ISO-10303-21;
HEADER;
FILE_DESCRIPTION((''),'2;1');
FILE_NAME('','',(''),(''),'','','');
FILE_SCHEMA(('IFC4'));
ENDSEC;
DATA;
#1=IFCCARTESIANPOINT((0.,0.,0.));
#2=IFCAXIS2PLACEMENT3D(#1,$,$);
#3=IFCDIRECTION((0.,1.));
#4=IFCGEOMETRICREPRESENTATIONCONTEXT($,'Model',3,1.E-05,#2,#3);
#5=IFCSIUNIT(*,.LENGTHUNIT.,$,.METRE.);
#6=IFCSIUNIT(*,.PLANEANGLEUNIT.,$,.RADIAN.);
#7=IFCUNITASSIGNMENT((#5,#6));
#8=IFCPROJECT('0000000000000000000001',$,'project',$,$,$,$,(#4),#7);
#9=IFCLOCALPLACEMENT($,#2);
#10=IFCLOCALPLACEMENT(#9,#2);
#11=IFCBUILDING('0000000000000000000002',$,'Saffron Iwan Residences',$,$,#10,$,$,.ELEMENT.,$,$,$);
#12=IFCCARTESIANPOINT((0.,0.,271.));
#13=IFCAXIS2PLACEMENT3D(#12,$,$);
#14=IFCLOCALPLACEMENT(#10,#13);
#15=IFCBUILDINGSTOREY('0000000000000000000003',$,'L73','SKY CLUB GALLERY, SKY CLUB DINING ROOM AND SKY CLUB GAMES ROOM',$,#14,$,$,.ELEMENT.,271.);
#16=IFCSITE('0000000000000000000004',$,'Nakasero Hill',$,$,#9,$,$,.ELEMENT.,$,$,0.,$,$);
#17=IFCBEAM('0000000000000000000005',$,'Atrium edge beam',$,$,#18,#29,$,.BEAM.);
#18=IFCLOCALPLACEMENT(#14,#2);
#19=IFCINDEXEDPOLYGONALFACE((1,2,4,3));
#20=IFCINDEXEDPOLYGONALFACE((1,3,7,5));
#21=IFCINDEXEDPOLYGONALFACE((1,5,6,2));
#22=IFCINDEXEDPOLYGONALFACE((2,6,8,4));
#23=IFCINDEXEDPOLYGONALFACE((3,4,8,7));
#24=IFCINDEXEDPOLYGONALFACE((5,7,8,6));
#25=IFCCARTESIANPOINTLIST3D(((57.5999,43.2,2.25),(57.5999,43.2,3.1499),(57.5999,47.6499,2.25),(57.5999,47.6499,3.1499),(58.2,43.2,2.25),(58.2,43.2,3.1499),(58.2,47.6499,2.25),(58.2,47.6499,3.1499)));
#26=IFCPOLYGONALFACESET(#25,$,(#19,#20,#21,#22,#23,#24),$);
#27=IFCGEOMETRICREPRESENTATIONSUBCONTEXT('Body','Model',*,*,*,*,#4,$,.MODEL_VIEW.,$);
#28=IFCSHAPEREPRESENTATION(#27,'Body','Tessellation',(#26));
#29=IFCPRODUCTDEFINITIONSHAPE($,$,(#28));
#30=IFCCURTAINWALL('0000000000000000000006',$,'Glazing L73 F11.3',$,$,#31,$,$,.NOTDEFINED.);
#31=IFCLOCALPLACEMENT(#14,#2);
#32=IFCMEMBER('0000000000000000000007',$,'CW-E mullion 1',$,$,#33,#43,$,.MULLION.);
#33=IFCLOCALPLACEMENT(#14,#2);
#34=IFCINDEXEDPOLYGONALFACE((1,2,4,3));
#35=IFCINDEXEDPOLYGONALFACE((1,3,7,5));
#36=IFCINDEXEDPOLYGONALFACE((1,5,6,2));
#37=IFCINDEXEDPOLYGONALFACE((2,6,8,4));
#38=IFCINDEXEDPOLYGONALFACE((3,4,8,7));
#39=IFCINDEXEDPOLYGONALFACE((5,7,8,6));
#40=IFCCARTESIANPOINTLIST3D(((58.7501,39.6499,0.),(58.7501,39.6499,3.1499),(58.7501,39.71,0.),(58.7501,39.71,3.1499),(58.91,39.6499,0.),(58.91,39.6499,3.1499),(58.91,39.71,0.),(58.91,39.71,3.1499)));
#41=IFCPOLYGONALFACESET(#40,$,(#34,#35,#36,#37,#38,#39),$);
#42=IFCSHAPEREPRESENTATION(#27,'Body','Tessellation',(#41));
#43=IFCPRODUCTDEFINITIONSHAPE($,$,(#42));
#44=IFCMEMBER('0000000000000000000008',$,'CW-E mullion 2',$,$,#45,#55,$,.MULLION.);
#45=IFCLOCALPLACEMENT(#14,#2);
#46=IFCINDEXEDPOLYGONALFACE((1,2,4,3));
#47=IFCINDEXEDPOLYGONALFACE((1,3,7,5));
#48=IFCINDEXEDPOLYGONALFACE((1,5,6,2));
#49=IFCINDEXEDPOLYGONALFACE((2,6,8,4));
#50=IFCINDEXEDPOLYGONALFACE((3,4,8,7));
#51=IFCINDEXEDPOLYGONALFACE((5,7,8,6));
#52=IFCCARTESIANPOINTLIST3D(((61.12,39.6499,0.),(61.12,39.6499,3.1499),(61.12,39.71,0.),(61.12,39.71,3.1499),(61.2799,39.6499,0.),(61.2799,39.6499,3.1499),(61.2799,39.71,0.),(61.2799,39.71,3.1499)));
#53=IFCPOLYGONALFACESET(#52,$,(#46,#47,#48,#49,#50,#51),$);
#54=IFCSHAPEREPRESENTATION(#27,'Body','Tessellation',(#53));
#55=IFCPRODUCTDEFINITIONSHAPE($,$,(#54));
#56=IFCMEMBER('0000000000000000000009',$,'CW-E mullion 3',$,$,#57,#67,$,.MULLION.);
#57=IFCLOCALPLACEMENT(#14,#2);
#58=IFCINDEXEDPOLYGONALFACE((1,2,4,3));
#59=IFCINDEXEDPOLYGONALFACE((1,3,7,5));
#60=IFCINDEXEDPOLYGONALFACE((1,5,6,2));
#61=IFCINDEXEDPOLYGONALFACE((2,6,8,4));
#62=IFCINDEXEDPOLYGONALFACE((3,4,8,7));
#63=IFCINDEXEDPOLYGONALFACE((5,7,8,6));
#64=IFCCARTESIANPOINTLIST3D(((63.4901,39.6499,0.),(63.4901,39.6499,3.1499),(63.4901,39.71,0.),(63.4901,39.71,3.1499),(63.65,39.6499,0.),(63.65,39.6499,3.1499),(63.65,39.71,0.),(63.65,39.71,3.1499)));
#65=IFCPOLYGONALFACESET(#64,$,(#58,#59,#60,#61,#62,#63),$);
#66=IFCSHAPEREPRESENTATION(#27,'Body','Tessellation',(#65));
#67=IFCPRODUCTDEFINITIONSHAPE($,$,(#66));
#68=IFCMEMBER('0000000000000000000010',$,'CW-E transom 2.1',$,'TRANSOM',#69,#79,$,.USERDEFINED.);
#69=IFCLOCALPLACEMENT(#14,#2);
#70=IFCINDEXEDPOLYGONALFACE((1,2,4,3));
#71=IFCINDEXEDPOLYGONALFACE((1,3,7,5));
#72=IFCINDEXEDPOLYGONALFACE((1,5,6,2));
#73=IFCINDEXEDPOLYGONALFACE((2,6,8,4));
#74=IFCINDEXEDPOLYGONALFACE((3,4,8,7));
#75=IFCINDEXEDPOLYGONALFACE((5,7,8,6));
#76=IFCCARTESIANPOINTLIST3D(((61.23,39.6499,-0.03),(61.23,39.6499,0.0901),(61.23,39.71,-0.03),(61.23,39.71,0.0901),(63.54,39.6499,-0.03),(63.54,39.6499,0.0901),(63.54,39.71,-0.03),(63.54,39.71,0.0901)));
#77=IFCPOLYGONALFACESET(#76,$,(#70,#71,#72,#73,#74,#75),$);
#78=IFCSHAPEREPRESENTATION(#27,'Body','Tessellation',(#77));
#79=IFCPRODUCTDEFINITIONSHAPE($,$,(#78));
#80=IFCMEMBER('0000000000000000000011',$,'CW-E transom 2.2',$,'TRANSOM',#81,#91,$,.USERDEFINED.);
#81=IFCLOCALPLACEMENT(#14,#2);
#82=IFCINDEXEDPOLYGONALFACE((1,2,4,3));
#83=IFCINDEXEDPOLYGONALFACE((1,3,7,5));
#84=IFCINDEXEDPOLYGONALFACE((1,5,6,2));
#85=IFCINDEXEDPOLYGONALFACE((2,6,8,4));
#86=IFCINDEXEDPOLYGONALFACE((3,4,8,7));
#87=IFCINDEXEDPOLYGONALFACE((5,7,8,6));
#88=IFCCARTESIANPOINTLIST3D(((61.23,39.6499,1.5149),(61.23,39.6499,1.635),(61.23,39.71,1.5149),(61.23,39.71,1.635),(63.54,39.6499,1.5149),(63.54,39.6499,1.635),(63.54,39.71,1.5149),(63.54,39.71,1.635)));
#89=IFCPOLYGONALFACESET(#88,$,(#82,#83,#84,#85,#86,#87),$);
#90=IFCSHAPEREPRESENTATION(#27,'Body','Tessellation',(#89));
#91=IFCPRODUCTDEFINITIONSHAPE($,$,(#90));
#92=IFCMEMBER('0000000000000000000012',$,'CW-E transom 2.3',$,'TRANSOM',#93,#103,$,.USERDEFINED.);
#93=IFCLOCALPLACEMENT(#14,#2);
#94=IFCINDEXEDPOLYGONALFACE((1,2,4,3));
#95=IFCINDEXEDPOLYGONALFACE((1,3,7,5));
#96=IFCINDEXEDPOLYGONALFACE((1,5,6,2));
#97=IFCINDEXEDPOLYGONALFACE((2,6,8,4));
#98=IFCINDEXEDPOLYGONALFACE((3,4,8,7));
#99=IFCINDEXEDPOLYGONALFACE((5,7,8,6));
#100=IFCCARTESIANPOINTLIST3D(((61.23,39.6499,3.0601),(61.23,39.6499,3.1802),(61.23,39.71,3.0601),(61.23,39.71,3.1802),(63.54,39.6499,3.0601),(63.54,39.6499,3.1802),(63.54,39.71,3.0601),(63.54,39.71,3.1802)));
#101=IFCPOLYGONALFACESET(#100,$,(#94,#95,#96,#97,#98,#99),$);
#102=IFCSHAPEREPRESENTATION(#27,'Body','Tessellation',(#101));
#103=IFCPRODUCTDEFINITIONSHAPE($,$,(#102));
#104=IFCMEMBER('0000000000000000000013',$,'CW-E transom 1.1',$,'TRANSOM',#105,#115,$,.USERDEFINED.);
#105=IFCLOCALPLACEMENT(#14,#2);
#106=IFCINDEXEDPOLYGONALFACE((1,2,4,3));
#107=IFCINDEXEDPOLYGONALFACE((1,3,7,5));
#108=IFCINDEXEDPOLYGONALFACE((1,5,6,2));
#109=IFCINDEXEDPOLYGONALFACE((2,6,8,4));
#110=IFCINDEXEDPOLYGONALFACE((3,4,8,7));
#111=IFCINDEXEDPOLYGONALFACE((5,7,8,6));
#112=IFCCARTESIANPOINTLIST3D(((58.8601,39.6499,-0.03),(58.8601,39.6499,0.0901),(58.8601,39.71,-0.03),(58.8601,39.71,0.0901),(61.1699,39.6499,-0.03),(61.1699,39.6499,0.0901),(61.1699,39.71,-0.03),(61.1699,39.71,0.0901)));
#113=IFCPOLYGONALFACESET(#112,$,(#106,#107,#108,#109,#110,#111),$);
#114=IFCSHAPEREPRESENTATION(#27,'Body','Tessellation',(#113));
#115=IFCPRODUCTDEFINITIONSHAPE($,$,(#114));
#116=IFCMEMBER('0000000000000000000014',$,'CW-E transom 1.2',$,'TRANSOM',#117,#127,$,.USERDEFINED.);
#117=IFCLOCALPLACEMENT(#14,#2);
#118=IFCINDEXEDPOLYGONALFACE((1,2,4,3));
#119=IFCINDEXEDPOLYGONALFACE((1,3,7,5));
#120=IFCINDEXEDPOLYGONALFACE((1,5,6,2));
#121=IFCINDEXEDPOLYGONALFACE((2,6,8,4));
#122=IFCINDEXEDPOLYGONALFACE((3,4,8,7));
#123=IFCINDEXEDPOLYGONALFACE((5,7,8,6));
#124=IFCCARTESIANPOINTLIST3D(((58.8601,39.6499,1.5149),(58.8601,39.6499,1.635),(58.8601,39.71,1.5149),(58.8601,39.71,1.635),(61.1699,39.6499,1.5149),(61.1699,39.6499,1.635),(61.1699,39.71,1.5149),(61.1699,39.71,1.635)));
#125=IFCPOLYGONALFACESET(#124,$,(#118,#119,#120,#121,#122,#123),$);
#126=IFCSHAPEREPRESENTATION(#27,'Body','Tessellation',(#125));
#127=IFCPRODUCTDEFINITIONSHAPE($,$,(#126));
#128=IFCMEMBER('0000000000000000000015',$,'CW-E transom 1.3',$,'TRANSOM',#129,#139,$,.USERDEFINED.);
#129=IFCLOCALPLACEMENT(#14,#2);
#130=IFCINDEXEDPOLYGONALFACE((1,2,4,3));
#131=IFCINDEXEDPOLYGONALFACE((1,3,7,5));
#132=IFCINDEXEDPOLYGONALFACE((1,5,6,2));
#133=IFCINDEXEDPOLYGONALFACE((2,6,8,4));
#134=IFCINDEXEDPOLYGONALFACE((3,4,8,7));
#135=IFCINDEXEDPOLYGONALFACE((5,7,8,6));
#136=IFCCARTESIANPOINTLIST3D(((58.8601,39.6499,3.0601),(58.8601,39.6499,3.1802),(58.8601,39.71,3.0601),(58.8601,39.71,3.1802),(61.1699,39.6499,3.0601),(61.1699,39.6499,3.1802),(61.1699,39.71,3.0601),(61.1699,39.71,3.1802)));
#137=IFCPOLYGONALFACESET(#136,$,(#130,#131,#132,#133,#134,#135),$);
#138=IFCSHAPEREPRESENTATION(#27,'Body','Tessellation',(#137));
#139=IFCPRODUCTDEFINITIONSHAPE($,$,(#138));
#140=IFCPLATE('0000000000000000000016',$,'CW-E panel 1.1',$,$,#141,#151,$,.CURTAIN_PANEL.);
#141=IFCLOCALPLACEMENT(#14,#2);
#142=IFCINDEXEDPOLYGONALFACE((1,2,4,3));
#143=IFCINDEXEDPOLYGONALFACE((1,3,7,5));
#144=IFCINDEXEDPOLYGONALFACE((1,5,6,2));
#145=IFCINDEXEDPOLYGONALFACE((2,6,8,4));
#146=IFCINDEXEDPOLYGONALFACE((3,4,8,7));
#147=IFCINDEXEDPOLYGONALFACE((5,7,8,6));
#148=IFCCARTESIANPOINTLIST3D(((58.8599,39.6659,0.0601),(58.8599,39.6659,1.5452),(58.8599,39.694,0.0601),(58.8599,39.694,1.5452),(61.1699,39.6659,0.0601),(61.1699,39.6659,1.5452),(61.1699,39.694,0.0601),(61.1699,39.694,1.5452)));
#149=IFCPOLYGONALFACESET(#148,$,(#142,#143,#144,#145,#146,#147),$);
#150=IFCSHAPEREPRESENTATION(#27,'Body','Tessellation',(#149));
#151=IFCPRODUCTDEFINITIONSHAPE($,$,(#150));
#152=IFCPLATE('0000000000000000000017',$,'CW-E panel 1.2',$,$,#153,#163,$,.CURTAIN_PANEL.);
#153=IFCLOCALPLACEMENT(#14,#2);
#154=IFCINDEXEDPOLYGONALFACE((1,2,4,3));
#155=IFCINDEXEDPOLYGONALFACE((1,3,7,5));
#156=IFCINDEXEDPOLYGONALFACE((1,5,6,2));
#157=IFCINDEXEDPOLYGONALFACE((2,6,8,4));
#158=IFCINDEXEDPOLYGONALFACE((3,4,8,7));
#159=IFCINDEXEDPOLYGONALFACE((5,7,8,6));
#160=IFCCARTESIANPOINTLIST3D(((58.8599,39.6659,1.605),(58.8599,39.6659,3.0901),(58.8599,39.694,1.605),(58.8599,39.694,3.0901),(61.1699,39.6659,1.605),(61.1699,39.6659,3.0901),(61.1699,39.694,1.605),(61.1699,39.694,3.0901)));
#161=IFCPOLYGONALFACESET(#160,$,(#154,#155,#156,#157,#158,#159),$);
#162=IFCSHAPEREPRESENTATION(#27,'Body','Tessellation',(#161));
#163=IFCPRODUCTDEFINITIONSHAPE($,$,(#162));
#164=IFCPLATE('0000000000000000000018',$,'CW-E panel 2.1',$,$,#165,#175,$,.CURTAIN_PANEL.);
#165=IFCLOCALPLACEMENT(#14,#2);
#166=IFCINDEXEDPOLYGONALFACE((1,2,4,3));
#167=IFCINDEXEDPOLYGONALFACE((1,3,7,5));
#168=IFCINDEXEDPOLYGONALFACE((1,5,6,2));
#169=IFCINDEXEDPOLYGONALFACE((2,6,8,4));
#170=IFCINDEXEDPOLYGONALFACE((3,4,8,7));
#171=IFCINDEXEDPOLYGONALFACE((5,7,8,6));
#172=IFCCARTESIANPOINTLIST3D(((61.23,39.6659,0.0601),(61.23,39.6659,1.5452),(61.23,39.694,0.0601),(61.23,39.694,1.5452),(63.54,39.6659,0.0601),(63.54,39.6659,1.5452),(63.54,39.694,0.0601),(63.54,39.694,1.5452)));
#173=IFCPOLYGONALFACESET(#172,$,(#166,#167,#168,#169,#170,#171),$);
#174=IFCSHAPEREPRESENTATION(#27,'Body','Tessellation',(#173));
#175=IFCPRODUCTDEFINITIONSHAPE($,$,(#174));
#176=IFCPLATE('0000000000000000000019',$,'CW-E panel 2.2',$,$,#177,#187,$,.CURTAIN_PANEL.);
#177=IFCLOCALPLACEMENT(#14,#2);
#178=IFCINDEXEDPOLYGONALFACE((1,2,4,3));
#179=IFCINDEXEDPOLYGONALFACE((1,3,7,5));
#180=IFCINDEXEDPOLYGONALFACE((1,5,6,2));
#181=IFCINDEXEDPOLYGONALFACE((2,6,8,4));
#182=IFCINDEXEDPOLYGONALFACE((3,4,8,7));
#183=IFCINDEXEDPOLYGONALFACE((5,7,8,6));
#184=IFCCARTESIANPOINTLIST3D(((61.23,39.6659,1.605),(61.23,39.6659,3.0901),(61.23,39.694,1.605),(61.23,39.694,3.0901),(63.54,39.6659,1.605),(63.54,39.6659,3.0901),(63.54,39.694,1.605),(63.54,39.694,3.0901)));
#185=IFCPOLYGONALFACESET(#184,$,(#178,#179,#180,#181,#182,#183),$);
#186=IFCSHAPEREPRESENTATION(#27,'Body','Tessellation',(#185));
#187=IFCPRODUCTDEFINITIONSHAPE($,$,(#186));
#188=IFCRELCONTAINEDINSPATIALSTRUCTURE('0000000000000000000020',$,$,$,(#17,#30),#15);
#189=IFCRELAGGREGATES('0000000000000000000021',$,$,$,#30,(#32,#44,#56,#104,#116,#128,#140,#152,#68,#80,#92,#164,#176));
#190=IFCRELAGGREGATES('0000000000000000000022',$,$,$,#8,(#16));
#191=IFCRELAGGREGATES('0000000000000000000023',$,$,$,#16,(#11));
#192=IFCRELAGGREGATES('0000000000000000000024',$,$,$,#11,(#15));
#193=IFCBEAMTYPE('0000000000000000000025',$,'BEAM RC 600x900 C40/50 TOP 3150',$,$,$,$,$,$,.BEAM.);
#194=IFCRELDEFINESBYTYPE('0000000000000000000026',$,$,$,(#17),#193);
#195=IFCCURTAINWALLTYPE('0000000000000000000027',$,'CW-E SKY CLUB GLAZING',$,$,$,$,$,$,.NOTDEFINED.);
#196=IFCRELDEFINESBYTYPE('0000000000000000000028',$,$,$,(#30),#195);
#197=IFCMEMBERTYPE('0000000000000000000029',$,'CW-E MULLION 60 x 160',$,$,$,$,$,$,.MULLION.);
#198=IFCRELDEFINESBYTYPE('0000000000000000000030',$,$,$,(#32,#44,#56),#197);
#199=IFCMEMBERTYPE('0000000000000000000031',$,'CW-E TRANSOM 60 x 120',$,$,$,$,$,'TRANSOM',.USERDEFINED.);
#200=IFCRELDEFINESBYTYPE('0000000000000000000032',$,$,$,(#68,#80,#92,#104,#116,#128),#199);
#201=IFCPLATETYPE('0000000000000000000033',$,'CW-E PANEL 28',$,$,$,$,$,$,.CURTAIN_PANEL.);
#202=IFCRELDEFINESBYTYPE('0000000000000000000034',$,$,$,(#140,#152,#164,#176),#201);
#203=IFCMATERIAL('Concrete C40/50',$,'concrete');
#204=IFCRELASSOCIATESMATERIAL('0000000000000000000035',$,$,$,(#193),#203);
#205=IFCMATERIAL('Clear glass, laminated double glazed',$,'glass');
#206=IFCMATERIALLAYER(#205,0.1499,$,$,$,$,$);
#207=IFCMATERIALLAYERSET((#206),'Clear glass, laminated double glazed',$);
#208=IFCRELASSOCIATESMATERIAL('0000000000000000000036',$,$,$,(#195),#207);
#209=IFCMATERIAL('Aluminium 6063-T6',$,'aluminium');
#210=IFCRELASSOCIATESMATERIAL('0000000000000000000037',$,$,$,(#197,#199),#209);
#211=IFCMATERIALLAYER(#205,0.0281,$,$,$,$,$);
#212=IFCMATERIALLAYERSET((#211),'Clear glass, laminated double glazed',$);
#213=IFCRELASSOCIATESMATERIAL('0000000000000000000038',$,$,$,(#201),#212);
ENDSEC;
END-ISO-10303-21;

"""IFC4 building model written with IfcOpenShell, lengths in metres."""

from ifc_helpers import new_model, si_unit, direction, frame, origin, origin_2d, place, context, subcontext, project, spatial, rectangle, extrude, source, transform, mapped, material, layer, layer_set, material_profile, profile_set, type_object, element, aggregate, save


model = new_model("IFC4")

# Units and contexts
model_context = context("Model", 3, precision=1e-05, world=origin(), true_north=direction((0.0, 1.0)))
body_context = subcontext(model_context, "Body", "Model", "MODEL_VIEW")
ifc_project = project(units=[si_unit("LENGTHUNIT", "METRE"), si_unit("PLANEANGLEUNIT", "RADIAN")], contexts=[model_context])

# Site, building, storey
site_placement = place(None, origin())
site = spatial("IfcSite", under=ifc_project, at=site_placement, Name="Nakasero Hill", CompositionType="ELEMENT", RefElevation=0.0)
building_placement = place(site_placement, origin())
building = spatial("IfcBuilding", under=site, at=building_placement, Name="Saffron Iwan Residences", CompositionType="ELEMENT")
storey_placement = place(building_placement, frame((0.0, 0.0, 271.0)))
storey = spatial("IfcBuildingStorey", under=building, at=storey_placement, Name="L73", Description="SKY CLUB GALLERY, SKY CLUB DINING ROOM AND SKY CLUB GAMES ROOM", CompositionType="ELEMENT", Elevation=271.0)

# Beam
ifc_material_1 = material(Name="Concrete C40/50", Category="concrete")
ifc_material_profile_1 = material_profile(ifc_material_1, rectangle(XDim=0.6001, YDim=0.8999, at=origin_2d()), Name="RC 600x900")
ifc_profile_set_1 = profile_set([ifc_material_profile_1], Name="Concrete C40/50")
beam_type = type_object("IfcBeamType", Name="BEAM RC 600x900 C40/50 TOP 3150", PredefinedType="BEAM", material=ifc_profile_set_1)
shared_shape_1 = source(origin(), body_context, "Body", "SweptSolid", [
    extrude(rectangle(XDim=0.6001, YDim=0.8999, at=origin_2d()), origin(), (0.0, 0.0, 1.0), 4.45),
])
beam_placement = place(storey_placement, frame((57.8999, 47.6499, 2.7), z_axis=(0.0, -1.0, 0.0), x_axis=(1.0, 0.0, 0.0)))
element("IfcBeam", 1, at=beam_placement, inside=storey, type_object=beam_type, Name="Atrium edge beam", PredefinedType="BEAM", context=body_context, shape_type="MappedRepresentation", body=[
    mapped(shared_shape_1, transform((0.0, 0.0, 0.0))),
])

# Curtain wall, members, plates
ifc_material_2 = material(Name="Clear glass, laminated double glazed", Category="glass")
ifc_layer_1 = layer(ifc_material_2, 0.1499)
ifc_layer_set_1 = layer_set([ifc_layer_1], Name="Clear glass, laminated double glazed")
curtain_wall_type = type_object("IfcCurtainWallType", Name="CW-E SKY CLUB GLAZING", PredefinedType="NOTDEFINED", material=ifc_layer_set_1)
curtain_wall_placement = place(storey_placement, origin())
curtain_wall = element("IfcCurtainWall", 2, at=curtain_wall_placement, inside=storey, type_object=curtain_wall_type, Name="Glazing L73 F11.3", PredefinedType="NOTDEFINED")
ifc_material_3 = material(Name="Aluminium 6063-T6", Category="aluminium")
ifc_material_profile_2 = material_profile(ifc_material_3, rectangle(XDim=0.0601, YDim=0.1599, at=origin_2d()), Name="CW-E MULLION 60 x 160")
ifc_profile_set_2 = profile_set([ifc_material_profile_2], Name="Aluminium 6063-T6")
member_type_1 = type_object("IfcMemberType", Name="CW-E MULLION 60 x 160", PredefinedType="MULLION", material=ifc_profile_set_2)
shared_shape_2 = source(origin(), body_context, "Body", "SweptSolid", [
    extrude(rectangle(XDim=0.0601, YDim=0.1599, at=origin_2d()), origin(), (0.0, 0.0, 1.0), 3.1499),
])
member_1_placement = place(storey_placement, frame((58.8301, 39.6799, 0.0), z_axis=(0.0, 0.0, 1.0), x_axis=(0.0, 1.0, 0.0)))
member_1 = element("IfcMember", 3, at=member_1_placement, type_object=member_type_1, Name="CW-E mullion 1", PredefinedType="MULLION", context=body_context, shape_type="MappedRepresentation", body=[
    mapped(shared_shape_2, transform((0.0, 0.0, 0.0))),
])
member_2_placement = place(storey_placement, frame((61.2, 39.6799, 0.0), z_axis=(0.0, 0.0, 1.0), x_axis=(0.0, 1.0, 0.0)))
member_2 = element("IfcMember", 4, at=member_2_placement, type_object=member_type_1, Name="CW-E mullion 2", PredefinedType="MULLION", context=body_context, shape_type="MappedRepresentation", body=[
    mapped(shared_shape_2, transform((0.0, 0.0, 0.0))),
])
member_3_placement = place(storey_placement, frame((63.5701, 39.6799, 0.0), z_axis=(0.0, 0.0, 1.0), x_axis=(0.0, 1.0, 0.0)))
member_3 = element("IfcMember", 5, at=member_3_placement, type_object=member_type_1, Name="CW-E mullion 3", PredefinedType="MULLION", context=body_context, shape_type="MappedRepresentation", body=[
    mapped(shared_shape_2, transform((0.0, 0.0, 0.0))),
])
ifc_material_profile_3 = material_profile(ifc_material_3, rectangle(XDim=0.0601, YDim=0.1201, at=origin_2d()), Name="CW-E TRANSOM 60 x 120")
ifc_profile_set_3 = profile_set([ifc_material_profile_3], Name="Aluminium 6063-T6")
member_type_2 = type_object("IfcMemberType", Name="CW-E TRANSOM 60 x 120", ElementType="TRANSOM", PredefinedType="USERDEFINED", material=ifc_profile_set_3)
shared_shape_3 = source(origin(), body_context, "Body", "SweptSolid", [
    extrude(rectangle(XDim=0.0601, YDim=0.1201, at=origin_2d()), origin(), (0.0, 0.0, 1.0), 2.3101),
])
member_4_placement = place(storey_placement, frame((61.23, 39.6799, 0.03), z_axis=(1.0, 0.0, 0.0), x_axis=(0.0, 1.0, 0.0)))
member_4 = element("IfcMember", 6, at=member_4_placement, type_object=member_type_2, Name="CW-E transom 2.1", ObjectType="TRANSOM", PredefinedType="USERDEFINED", context=body_context, shape_type="MappedRepresentation", body=[
    mapped(shared_shape_3, transform((0.0, 0.0, 0.0))),
])
member_5_placement = place(storey_placement, frame((61.23, 39.6799, 1.575), z_axis=(1.0, 0.0, 0.0), x_axis=(0.0, 1.0, 0.0)))
member_5 = element("IfcMember", 7, at=member_5_placement, type_object=member_type_2, Name="CW-E transom 2.2", ObjectType="TRANSOM", PredefinedType="USERDEFINED", context=body_context, shape_type="MappedRepresentation", body=[
    mapped(shared_shape_3, transform((0.0, 0.0, 0.0))),
])
member_6_placement = place(storey_placement, frame((61.23, 39.6799, 3.1201), z_axis=(1.0, 0.0, 0.0), x_axis=(0.0, 1.0, 0.0)))
member_6 = element("IfcMember", 8, at=member_6_placement, type_object=member_type_2, Name="CW-E transom 2.3", ObjectType="TRANSOM", PredefinedType="USERDEFINED", context=body_context, shape_type="MappedRepresentation", body=[
    mapped(shared_shape_3, transform((0.0, 0.0, 0.0))),
])
shared_shape_4 = source(origin(), body_context, "Body", "SweptSolid", [
    extrude(rectangle(XDim=0.0601, YDim=0.1201, at=origin_2d()), origin(), (0.0, 0.0, 1.0), 2.3098),
])
member_7_placement = place(storey_placement, frame((58.8601, 39.6799, 0.03), z_axis=(1.0, 0.0, 0.0), x_axis=(0.0, 1.0, 0.0)))
member_7 = element("IfcMember", 9, at=member_7_placement, type_object=member_type_2, Name="CW-E transom 1.1", ObjectType="TRANSOM", PredefinedType="USERDEFINED", context=body_context, shape_type="MappedRepresentation", body=[
    mapped(shared_shape_4, transform((0.0, 0.0, 0.0))),
])
member_8_placement = place(storey_placement, frame((58.8601, 39.6799, 1.575), z_axis=(1.0, 0.0, 0.0), x_axis=(0.0, 1.0, 0.0)))
member_8 = element("IfcMember", 10, at=member_8_placement, type_object=member_type_2, Name="CW-E transom 1.2", ObjectType="TRANSOM", PredefinedType="USERDEFINED", context=body_context, shape_type="MappedRepresentation", body=[
    mapped(shared_shape_4, transform((0.0, 0.0, 0.0))),
])
member_9_placement = place(storey_placement, frame((58.8601, 39.6799, 3.1201), z_axis=(1.0, 0.0, 0.0), x_axis=(0.0, 1.0, 0.0)))
member_9 = element("IfcMember", 11, at=member_9_placement, type_object=member_type_2, Name="CW-E transom 1.3", ObjectType="TRANSOM", PredefinedType="USERDEFINED", context=body_context, shape_type="MappedRepresentation", body=[
    mapped(shared_shape_4, transform((0.0, 0.0, 0.0))),
])
ifc_layer_2 = layer(ifc_material_2, 0.0281)
ifc_layer_set_2 = layer_set([ifc_layer_2], Name="Clear glass, laminated double glazed")
plate_type = type_object("IfcPlateType", Name="CW-E PANEL 28", PredefinedType="CURTAIN_PANEL", material=ifc_layer_set_2)
shared_shape_5 = source(origin(), body_context, "Body", "SweptSolid", [
    extrude(rectangle(XDim=2.3101, YDim=0.0281, at=origin_2d()), origin(), (0.0, 0.0, 1.0), 1.4851),
])
plate_1_placement = place(storey_placement, frame((60.0149, 39.6799, 0.0601), z_axis=(0.0, 0.0, 1.0), x_axis=(1.0, 0.0, 0.0)))
plate_1 = element("IfcPlate", 12, at=plate_1_placement, type_object=plate_type, Name="CW-E panel 1.1", PredefinedType="CURTAIN_PANEL", context=body_context, shape_type="MappedRepresentation", body=[
    mapped(shared_shape_5, transform((0.0, 0.0, 0.0))),
])
plate_2_placement = place(storey_placement, frame((60.0149, 39.6799, 1.605), z_axis=(0.0, 0.0, 1.0), x_axis=(1.0, 0.0, 0.0)))
plate_2 = element("IfcPlate", 13, at=plate_2_placement, type_object=plate_type, Name="CW-E panel 1.2", PredefinedType="CURTAIN_PANEL", context=body_context, shape_type="MappedRepresentation", body=[
    mapped(shared_shape_5, transform((0.0, 0.0, 0.0))),
])
plate_3_placement = place(storey_placement, frame((62.385, 39.6799, 0.0601), z_axis=(0.0, 0.0, 1.0), x_axis=(1.0, 0.0, 0.0)))
plate_3 = element("IfcPlate", 14, at=plate_3_placement, type_object=plate_type, Name="CW-E panel 2.1", PredefinedType="CURTAIN_PANEL", context=body_context, shape_type="MappedRepresentation", body=[
    mapped(shared_shape_5, transform((0.0, 0.0, 0.0))),
])
plate_4_placement = place(storey_placement, frame((62.385, 39.6799, 1.605), z_axis=(0.0, 0.0, 1.0), x_axis=(1.0, 0.0, 0.0)))
plate_4 = element("IfcPlate", 15, at=plate_4_placement, type_object=plate_type, Name="CW-E panel 2.2", PredefinedType="CURTAIN_PANEL", context=body_context, shape_type="MappedRepresentation", body=[
    mapped(shared_shape_5, transform((0.0, 0.0, 0.0))),
])
aggregate(curtain_wall, [member_1, member_2, member_3, member_7, member_8, member_9, plate_1, plate_2, member_4, member_5, member_6, plate_3, plate_4])

save(model, "model.ifc")
